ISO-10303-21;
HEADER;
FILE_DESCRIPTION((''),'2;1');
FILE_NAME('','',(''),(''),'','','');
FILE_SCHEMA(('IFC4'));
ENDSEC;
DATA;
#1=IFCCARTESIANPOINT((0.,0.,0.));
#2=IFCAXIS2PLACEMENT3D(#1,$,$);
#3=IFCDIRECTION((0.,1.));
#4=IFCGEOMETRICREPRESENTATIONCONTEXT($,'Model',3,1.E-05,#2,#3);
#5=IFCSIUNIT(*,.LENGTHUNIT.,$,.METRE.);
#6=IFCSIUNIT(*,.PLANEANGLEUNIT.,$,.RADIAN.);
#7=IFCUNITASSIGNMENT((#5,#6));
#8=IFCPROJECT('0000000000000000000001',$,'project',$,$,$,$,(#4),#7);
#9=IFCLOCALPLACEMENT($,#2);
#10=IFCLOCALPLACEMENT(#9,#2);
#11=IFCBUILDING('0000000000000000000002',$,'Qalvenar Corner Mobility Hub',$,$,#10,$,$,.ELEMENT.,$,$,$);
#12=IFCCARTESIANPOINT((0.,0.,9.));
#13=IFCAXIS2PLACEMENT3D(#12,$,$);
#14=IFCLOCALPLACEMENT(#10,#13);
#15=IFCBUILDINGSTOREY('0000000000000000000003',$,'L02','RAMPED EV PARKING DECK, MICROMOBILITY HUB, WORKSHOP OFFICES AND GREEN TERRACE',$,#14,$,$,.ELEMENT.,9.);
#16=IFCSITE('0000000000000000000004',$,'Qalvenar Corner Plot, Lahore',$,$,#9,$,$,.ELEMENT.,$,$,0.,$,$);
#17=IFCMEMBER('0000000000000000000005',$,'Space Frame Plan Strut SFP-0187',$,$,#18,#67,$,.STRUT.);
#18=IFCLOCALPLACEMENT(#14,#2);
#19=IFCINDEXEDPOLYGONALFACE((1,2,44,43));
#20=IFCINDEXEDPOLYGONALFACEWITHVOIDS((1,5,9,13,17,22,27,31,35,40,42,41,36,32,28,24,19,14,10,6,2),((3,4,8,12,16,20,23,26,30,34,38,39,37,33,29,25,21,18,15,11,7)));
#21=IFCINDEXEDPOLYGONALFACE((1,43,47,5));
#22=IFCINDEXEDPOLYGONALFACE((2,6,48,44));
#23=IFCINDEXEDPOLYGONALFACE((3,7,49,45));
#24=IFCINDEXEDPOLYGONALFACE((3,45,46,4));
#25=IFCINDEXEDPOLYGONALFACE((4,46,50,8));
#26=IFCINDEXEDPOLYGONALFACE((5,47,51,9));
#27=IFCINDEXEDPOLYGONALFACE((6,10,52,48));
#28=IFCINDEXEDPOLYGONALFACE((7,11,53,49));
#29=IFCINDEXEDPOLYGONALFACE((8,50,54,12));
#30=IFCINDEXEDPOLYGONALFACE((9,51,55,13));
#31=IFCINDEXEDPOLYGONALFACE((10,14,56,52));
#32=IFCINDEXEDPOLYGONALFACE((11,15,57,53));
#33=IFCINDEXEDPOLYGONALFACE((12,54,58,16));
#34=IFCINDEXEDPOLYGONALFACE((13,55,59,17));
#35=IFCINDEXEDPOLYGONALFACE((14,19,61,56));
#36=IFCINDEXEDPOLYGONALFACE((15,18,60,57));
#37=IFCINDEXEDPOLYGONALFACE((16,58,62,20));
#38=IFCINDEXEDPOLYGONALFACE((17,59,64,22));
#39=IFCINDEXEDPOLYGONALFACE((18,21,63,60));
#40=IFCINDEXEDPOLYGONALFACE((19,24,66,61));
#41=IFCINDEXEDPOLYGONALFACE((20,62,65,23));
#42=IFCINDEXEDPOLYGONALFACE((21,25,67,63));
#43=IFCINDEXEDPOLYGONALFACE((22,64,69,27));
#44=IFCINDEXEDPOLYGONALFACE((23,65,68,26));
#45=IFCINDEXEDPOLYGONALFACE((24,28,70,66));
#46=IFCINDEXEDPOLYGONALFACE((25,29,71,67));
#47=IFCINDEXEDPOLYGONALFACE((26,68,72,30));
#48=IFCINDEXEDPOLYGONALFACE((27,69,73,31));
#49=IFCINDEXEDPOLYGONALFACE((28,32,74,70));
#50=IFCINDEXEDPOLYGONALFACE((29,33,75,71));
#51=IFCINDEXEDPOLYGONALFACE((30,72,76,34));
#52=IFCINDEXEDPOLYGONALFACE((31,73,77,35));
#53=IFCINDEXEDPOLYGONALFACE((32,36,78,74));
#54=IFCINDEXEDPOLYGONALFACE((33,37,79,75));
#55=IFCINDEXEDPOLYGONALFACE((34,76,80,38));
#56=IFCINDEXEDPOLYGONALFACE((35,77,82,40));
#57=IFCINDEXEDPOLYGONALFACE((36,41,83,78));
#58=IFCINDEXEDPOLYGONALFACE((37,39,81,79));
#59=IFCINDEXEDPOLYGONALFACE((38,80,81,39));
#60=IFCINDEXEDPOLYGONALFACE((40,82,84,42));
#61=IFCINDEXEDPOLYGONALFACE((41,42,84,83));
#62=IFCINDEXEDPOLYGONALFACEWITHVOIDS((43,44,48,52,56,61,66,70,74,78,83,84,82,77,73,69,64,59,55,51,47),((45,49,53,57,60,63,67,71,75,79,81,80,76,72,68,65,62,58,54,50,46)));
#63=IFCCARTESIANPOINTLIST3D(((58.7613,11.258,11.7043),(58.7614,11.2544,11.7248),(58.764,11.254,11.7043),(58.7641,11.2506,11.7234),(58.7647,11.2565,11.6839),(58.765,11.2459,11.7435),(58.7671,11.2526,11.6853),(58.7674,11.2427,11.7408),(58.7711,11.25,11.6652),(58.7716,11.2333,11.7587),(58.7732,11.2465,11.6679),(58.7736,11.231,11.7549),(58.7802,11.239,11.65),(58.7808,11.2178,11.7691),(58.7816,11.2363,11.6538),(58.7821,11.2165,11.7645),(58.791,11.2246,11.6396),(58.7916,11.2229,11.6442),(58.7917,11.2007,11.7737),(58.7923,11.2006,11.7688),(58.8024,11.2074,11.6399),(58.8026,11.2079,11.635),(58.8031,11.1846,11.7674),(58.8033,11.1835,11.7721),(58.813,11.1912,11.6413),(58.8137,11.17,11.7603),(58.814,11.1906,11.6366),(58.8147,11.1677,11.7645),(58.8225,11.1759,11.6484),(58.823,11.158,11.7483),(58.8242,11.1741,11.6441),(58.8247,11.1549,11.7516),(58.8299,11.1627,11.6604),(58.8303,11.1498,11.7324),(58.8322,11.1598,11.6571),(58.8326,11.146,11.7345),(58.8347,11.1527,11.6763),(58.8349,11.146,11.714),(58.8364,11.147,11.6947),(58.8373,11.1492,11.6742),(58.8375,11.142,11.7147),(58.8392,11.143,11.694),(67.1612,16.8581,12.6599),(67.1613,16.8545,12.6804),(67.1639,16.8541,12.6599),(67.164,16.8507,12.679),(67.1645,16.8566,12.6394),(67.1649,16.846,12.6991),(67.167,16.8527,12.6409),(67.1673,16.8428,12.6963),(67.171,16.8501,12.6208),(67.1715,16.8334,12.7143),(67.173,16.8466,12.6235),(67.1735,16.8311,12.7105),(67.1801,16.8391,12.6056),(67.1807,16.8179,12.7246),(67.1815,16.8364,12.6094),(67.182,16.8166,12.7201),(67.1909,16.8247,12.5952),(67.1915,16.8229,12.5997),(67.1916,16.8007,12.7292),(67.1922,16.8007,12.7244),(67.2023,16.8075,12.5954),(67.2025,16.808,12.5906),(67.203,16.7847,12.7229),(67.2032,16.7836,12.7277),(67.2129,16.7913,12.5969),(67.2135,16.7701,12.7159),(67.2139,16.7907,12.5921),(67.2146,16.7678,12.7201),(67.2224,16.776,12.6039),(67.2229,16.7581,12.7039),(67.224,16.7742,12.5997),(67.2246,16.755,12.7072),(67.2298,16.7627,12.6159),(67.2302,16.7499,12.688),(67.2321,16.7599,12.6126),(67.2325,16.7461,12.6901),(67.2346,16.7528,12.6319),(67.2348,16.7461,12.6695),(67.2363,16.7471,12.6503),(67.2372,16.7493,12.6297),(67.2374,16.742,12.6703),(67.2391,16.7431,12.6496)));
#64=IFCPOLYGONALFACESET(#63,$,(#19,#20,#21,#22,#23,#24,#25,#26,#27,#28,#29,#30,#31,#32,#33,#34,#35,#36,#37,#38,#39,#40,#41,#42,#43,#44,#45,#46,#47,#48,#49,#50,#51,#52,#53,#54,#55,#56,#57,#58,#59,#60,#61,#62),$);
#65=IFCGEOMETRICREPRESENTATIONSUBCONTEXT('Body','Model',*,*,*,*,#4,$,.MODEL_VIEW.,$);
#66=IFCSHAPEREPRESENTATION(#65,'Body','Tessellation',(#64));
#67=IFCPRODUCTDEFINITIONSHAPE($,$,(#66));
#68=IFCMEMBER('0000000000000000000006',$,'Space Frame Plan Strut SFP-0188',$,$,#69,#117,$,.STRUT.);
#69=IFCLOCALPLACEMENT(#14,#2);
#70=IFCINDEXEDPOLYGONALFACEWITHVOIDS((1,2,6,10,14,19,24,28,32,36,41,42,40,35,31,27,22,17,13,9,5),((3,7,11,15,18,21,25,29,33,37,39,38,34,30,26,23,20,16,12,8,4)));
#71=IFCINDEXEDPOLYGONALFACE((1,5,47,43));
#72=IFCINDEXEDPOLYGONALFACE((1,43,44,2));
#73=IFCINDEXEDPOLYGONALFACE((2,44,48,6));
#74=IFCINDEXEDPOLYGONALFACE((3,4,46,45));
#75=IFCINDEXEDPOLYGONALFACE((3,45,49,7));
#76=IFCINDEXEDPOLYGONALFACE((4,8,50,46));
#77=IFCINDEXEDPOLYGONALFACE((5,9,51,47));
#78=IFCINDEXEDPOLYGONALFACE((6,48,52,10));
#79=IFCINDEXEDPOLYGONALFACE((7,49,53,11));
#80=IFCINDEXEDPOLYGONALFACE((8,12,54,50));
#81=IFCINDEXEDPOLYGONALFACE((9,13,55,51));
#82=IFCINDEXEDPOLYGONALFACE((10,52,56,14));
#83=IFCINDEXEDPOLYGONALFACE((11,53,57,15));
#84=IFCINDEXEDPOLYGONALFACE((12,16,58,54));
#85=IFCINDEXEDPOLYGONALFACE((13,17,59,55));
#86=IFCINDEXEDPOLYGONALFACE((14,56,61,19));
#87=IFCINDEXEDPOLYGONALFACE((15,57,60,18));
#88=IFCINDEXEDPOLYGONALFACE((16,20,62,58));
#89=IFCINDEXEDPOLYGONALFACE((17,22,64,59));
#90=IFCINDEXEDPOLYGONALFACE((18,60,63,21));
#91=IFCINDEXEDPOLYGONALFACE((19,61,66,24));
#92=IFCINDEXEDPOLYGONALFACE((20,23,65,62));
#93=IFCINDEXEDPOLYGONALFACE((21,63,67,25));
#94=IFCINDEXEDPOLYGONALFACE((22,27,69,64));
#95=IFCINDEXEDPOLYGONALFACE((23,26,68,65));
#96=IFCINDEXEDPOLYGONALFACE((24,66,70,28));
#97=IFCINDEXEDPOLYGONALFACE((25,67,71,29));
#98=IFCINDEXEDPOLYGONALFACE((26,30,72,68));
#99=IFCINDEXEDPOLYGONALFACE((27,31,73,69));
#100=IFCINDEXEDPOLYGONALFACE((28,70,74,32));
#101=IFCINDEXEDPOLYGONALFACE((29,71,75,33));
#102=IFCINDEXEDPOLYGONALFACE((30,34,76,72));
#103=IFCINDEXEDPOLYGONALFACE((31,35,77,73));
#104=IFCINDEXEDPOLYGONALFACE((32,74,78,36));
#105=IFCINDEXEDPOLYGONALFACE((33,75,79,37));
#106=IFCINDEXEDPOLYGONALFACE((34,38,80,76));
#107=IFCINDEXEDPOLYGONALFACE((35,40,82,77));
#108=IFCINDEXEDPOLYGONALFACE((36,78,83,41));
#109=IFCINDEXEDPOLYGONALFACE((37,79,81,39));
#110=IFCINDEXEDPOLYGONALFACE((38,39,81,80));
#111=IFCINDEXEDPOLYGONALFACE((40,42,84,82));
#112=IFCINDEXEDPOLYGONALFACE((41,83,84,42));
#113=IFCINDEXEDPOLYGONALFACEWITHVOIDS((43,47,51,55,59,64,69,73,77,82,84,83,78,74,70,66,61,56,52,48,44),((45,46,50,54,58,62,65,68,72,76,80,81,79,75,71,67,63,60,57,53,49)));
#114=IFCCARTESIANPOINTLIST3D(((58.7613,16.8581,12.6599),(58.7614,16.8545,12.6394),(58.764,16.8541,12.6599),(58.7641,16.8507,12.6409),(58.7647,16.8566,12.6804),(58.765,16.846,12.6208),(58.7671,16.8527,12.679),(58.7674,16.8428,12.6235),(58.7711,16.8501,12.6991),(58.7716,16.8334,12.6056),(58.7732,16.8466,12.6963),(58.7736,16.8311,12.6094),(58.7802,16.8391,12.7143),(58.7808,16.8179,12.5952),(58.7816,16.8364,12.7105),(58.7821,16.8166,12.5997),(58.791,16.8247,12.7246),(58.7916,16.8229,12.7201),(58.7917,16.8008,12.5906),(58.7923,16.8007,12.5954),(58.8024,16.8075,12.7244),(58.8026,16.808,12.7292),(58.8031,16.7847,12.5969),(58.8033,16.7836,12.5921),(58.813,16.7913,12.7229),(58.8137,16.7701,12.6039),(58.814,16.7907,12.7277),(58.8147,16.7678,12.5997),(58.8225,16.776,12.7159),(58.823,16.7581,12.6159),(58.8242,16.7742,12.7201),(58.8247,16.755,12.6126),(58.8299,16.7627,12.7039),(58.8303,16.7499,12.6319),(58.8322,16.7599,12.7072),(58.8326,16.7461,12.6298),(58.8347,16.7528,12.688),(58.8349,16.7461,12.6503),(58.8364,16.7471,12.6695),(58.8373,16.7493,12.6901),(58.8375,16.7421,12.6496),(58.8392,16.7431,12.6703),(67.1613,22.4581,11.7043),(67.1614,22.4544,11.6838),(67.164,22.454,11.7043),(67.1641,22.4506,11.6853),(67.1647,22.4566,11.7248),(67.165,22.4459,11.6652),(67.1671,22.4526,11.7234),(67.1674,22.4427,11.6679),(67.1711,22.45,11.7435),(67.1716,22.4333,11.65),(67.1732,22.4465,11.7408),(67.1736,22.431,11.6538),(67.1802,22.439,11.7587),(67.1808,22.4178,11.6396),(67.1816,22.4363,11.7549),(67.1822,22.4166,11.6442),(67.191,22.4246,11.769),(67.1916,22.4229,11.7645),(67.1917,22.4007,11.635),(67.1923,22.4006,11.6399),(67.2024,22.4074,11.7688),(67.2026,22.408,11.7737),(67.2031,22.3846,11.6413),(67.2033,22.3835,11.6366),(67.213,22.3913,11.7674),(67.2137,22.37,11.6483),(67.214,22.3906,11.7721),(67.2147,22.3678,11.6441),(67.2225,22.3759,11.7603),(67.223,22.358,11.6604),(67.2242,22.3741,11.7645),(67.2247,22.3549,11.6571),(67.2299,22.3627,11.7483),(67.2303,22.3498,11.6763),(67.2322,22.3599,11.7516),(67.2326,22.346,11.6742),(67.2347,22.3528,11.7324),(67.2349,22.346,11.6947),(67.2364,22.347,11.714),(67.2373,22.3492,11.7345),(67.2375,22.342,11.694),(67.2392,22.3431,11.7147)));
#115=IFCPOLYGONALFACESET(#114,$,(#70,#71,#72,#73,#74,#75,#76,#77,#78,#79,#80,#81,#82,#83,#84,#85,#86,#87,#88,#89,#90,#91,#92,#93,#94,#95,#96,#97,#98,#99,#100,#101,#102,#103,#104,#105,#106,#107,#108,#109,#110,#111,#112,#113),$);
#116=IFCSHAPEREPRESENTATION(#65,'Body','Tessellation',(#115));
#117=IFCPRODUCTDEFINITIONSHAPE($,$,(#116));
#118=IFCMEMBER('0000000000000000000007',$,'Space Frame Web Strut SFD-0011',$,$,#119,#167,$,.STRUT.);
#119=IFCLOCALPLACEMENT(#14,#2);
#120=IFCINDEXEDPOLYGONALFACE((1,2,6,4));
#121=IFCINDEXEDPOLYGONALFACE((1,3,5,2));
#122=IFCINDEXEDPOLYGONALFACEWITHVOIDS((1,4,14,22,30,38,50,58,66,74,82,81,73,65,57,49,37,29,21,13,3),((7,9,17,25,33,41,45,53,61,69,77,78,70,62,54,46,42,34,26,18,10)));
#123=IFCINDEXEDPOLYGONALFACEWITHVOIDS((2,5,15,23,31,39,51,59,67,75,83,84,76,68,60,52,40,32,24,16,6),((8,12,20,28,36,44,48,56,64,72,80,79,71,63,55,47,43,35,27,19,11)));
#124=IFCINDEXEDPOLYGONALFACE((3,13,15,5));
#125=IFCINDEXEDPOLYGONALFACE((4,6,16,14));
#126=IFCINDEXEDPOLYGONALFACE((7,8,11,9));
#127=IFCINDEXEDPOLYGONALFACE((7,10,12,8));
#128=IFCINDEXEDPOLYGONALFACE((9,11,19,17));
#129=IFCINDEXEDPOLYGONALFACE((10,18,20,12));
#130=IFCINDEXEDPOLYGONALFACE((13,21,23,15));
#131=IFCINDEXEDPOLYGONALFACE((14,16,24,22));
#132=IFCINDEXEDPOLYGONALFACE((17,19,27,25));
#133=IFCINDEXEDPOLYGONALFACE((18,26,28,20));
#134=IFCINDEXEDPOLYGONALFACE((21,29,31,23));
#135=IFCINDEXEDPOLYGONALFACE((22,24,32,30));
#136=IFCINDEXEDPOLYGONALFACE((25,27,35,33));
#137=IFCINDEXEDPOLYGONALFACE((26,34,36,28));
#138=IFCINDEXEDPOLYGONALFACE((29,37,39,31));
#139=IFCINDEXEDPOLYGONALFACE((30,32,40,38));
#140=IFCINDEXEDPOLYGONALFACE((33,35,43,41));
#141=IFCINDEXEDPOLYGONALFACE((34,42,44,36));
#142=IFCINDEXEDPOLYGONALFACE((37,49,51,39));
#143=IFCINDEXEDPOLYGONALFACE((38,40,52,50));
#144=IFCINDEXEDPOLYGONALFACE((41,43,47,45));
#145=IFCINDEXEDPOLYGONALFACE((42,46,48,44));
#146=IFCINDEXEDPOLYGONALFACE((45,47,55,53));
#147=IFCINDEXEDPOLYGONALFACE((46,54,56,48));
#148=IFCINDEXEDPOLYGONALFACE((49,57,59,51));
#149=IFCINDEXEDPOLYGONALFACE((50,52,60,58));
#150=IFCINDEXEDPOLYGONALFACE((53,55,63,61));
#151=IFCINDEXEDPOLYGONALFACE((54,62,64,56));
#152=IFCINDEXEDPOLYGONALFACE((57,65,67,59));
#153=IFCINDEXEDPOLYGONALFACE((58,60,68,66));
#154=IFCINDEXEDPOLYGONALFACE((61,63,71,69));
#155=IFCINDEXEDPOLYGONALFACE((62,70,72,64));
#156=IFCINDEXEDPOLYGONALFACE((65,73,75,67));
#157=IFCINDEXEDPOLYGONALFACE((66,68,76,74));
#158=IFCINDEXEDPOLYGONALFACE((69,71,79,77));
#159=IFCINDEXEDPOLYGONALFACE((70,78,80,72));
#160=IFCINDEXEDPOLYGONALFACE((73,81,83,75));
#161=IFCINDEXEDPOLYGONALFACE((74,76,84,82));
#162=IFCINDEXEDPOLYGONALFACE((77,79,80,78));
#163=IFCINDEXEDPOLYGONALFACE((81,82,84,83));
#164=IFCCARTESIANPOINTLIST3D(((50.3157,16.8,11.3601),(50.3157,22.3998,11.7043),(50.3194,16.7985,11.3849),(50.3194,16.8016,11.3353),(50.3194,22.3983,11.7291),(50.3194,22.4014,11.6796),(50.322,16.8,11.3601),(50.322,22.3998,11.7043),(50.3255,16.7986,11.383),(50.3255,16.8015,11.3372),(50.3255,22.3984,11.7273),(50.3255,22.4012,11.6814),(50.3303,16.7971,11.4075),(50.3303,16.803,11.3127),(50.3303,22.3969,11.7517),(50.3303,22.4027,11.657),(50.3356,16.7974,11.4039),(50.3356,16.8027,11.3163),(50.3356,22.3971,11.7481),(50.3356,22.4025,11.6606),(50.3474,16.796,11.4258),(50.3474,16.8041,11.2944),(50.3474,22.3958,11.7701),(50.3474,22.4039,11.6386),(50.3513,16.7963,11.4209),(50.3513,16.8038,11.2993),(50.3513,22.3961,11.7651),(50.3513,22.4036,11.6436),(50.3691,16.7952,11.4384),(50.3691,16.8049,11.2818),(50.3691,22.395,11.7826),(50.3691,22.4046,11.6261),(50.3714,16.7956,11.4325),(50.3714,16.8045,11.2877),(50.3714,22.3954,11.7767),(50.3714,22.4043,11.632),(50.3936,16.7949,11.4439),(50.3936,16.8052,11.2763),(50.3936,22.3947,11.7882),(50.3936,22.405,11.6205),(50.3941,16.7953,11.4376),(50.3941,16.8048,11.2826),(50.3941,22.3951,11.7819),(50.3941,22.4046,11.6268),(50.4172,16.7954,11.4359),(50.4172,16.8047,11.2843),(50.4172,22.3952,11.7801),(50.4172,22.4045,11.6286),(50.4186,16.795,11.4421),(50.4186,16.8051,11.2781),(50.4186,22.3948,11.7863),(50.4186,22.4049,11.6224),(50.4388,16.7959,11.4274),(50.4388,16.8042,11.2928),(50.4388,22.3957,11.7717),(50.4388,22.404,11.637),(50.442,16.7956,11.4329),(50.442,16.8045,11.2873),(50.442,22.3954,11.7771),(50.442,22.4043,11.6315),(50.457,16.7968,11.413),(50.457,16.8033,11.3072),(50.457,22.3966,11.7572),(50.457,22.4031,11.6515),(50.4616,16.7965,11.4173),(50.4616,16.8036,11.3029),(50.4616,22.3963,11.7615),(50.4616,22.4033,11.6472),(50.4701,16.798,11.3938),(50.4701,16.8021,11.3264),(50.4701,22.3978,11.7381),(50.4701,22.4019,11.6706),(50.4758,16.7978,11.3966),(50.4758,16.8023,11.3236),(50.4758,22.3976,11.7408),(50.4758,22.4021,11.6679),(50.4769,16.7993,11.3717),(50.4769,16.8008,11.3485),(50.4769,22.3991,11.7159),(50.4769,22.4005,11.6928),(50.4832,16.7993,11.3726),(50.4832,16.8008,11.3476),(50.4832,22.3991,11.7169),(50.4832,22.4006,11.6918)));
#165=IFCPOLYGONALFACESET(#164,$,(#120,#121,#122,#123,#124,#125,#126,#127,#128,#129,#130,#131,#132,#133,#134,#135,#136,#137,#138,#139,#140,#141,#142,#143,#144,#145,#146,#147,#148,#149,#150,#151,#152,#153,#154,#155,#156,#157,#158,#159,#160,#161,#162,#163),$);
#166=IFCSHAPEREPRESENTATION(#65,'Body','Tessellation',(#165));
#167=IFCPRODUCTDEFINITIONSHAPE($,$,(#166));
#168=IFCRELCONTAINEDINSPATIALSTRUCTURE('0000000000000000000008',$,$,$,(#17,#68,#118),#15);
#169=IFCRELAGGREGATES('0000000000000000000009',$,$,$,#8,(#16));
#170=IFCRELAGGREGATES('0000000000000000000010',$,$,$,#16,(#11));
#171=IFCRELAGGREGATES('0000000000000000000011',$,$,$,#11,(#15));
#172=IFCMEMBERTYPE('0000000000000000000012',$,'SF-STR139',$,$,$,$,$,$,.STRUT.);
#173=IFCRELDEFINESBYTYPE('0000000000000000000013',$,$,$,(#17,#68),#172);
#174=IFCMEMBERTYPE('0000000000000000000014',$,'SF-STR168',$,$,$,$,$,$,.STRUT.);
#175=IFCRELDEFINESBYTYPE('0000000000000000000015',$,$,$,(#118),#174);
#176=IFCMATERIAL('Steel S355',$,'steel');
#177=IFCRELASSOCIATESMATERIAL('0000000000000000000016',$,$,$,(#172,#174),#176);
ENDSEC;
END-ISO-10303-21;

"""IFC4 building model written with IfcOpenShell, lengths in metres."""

from ifc_helpers import new_model, si_unit, direction, frame, origin, origin_2d, place, context, subcontext, project, spatial, hollow_circle, extrude, material, material_profile, profile_set, type_object, element, save


model = new_model("IFC4")

# Units and contexts
model_context = context("Model", 3, precision=1e-05, world=origin(), true_north=direction((0.0, 1.0)))
body_context = subcontext(model_context, "Body", "Model", "MODEL_VIEW")
ifc_project = project(units=[si_unit("LENGTHUNIT", "METRE"), si_unit("PLANEANGLEUNIT", "RADIAN")], contexts=[model_context])

# Site, building, storey
site_placement = place(None, origin())
site = spatial("IfcSite", under=ifc_project, at=site_placement, Name="Qalvenar Corner Plot, Lahore", CompositionType="ELEMENT", RefElevation=0.0)
building_placement = place(site_placement, origin())
building = spatial("IfcBuilding", under=site, at=building_placement, Name="Qalvenar Corner Mobility Hub", CompositionType="ELEMENT")
storey_placement = place(building_placement, frame((0.0, 0.0, 9.0)))
storey = spatial("IfcBuildingStorey", under=building, at=storey_placement, Name="L02", Description="RAMPED EV PARKING DECK, MICROMOBILITY HUB, WORKSHOP OFFICES AND GREEN TERRACE", CompositionType="ELEMENT", Elevation=9.0)

# Members
ifc_material_1 = material(Name="Steel S355", Category="steel")
ifc_material_profile_1 = material_profile(ifc_material_1, hollow_circle(Radius=0.0698, WallThickness=0.0049, at=origin_2d()), Name="CHS139.7x5")
ifc_profile_set_1 = profile_set([ifc_material_profile_1], Name="Steel S355")
member_type_1 = type_object("IfcMemberType", Name="SF-STR139", PredefinedType="STRUT", material=ifc_profile_set_1)
for number, where, z_axis, x_axis, name in (
    (1, (58.8, 11.2, 11.7043), (0.828341, 0.552243, 0.094231), (-0.554711, 0.832043, 0.0), "Space Frame Plan Strut SFP-0187"),
    (2, (58.8, 16.8, 12.6599), (0.828352, 0.552226, -0.094233), (-0.554695, 0.832054, 0.0), "Space Frame Plan Strut SFP-0188"),
):
    element("IfcMember", number, at=place(storey_placement, frame(where, z_axis=z_axis, x_axis=x_axis)), inside=storey, type_object=member_type_1, Name=name, PredefinedType="STRUT", context=body_context, shape_type="SweptSolid", body=[
        extrude(hollow_circle(Radius=0.0698, WallThickness=0.0049, at=origin_2d()), origin(), (0.0, 0.0, 1.0), 10.1406),
    ])
ifc_material_profile_2 = material_profile(ifc_material_1, hollow_circle(Radius=0.0842, WallThickness=0.0063, at=origin_2d()), Name="CHS168.3x6.3")
ifc_profile_set_2 = profile_set([ifc_material_profile_2], Name="Steel S355")
member_type_2 = type_object("IfcMemberType", Name="SF-STR168", PredefinedType="STRUT", material=ifc_profile_set_2)
member_1_placement = place(storey_placement, frame((50.3999, 16.8, 11.3601), z_axis=(0.0, 0.998116, 0.061357), x_axis=(-1.0, 0.0, 0.0)))
element("IfcMember", 3, at=member_1_placement, inside=storey, type_object=member_type_2, Name="Space Frame Web Strut SFD-0011", PredefinedType="STRUT", context=body_context, shape_type="SweptSolid", body=[
    extrude(hollow_circle(Radius=0.0842, WallThickness=0.0063, at=origin_2d()), origin(), (0.0, 0.0, 1.0), 5.6104),
])

save(model, "model.ifc")
